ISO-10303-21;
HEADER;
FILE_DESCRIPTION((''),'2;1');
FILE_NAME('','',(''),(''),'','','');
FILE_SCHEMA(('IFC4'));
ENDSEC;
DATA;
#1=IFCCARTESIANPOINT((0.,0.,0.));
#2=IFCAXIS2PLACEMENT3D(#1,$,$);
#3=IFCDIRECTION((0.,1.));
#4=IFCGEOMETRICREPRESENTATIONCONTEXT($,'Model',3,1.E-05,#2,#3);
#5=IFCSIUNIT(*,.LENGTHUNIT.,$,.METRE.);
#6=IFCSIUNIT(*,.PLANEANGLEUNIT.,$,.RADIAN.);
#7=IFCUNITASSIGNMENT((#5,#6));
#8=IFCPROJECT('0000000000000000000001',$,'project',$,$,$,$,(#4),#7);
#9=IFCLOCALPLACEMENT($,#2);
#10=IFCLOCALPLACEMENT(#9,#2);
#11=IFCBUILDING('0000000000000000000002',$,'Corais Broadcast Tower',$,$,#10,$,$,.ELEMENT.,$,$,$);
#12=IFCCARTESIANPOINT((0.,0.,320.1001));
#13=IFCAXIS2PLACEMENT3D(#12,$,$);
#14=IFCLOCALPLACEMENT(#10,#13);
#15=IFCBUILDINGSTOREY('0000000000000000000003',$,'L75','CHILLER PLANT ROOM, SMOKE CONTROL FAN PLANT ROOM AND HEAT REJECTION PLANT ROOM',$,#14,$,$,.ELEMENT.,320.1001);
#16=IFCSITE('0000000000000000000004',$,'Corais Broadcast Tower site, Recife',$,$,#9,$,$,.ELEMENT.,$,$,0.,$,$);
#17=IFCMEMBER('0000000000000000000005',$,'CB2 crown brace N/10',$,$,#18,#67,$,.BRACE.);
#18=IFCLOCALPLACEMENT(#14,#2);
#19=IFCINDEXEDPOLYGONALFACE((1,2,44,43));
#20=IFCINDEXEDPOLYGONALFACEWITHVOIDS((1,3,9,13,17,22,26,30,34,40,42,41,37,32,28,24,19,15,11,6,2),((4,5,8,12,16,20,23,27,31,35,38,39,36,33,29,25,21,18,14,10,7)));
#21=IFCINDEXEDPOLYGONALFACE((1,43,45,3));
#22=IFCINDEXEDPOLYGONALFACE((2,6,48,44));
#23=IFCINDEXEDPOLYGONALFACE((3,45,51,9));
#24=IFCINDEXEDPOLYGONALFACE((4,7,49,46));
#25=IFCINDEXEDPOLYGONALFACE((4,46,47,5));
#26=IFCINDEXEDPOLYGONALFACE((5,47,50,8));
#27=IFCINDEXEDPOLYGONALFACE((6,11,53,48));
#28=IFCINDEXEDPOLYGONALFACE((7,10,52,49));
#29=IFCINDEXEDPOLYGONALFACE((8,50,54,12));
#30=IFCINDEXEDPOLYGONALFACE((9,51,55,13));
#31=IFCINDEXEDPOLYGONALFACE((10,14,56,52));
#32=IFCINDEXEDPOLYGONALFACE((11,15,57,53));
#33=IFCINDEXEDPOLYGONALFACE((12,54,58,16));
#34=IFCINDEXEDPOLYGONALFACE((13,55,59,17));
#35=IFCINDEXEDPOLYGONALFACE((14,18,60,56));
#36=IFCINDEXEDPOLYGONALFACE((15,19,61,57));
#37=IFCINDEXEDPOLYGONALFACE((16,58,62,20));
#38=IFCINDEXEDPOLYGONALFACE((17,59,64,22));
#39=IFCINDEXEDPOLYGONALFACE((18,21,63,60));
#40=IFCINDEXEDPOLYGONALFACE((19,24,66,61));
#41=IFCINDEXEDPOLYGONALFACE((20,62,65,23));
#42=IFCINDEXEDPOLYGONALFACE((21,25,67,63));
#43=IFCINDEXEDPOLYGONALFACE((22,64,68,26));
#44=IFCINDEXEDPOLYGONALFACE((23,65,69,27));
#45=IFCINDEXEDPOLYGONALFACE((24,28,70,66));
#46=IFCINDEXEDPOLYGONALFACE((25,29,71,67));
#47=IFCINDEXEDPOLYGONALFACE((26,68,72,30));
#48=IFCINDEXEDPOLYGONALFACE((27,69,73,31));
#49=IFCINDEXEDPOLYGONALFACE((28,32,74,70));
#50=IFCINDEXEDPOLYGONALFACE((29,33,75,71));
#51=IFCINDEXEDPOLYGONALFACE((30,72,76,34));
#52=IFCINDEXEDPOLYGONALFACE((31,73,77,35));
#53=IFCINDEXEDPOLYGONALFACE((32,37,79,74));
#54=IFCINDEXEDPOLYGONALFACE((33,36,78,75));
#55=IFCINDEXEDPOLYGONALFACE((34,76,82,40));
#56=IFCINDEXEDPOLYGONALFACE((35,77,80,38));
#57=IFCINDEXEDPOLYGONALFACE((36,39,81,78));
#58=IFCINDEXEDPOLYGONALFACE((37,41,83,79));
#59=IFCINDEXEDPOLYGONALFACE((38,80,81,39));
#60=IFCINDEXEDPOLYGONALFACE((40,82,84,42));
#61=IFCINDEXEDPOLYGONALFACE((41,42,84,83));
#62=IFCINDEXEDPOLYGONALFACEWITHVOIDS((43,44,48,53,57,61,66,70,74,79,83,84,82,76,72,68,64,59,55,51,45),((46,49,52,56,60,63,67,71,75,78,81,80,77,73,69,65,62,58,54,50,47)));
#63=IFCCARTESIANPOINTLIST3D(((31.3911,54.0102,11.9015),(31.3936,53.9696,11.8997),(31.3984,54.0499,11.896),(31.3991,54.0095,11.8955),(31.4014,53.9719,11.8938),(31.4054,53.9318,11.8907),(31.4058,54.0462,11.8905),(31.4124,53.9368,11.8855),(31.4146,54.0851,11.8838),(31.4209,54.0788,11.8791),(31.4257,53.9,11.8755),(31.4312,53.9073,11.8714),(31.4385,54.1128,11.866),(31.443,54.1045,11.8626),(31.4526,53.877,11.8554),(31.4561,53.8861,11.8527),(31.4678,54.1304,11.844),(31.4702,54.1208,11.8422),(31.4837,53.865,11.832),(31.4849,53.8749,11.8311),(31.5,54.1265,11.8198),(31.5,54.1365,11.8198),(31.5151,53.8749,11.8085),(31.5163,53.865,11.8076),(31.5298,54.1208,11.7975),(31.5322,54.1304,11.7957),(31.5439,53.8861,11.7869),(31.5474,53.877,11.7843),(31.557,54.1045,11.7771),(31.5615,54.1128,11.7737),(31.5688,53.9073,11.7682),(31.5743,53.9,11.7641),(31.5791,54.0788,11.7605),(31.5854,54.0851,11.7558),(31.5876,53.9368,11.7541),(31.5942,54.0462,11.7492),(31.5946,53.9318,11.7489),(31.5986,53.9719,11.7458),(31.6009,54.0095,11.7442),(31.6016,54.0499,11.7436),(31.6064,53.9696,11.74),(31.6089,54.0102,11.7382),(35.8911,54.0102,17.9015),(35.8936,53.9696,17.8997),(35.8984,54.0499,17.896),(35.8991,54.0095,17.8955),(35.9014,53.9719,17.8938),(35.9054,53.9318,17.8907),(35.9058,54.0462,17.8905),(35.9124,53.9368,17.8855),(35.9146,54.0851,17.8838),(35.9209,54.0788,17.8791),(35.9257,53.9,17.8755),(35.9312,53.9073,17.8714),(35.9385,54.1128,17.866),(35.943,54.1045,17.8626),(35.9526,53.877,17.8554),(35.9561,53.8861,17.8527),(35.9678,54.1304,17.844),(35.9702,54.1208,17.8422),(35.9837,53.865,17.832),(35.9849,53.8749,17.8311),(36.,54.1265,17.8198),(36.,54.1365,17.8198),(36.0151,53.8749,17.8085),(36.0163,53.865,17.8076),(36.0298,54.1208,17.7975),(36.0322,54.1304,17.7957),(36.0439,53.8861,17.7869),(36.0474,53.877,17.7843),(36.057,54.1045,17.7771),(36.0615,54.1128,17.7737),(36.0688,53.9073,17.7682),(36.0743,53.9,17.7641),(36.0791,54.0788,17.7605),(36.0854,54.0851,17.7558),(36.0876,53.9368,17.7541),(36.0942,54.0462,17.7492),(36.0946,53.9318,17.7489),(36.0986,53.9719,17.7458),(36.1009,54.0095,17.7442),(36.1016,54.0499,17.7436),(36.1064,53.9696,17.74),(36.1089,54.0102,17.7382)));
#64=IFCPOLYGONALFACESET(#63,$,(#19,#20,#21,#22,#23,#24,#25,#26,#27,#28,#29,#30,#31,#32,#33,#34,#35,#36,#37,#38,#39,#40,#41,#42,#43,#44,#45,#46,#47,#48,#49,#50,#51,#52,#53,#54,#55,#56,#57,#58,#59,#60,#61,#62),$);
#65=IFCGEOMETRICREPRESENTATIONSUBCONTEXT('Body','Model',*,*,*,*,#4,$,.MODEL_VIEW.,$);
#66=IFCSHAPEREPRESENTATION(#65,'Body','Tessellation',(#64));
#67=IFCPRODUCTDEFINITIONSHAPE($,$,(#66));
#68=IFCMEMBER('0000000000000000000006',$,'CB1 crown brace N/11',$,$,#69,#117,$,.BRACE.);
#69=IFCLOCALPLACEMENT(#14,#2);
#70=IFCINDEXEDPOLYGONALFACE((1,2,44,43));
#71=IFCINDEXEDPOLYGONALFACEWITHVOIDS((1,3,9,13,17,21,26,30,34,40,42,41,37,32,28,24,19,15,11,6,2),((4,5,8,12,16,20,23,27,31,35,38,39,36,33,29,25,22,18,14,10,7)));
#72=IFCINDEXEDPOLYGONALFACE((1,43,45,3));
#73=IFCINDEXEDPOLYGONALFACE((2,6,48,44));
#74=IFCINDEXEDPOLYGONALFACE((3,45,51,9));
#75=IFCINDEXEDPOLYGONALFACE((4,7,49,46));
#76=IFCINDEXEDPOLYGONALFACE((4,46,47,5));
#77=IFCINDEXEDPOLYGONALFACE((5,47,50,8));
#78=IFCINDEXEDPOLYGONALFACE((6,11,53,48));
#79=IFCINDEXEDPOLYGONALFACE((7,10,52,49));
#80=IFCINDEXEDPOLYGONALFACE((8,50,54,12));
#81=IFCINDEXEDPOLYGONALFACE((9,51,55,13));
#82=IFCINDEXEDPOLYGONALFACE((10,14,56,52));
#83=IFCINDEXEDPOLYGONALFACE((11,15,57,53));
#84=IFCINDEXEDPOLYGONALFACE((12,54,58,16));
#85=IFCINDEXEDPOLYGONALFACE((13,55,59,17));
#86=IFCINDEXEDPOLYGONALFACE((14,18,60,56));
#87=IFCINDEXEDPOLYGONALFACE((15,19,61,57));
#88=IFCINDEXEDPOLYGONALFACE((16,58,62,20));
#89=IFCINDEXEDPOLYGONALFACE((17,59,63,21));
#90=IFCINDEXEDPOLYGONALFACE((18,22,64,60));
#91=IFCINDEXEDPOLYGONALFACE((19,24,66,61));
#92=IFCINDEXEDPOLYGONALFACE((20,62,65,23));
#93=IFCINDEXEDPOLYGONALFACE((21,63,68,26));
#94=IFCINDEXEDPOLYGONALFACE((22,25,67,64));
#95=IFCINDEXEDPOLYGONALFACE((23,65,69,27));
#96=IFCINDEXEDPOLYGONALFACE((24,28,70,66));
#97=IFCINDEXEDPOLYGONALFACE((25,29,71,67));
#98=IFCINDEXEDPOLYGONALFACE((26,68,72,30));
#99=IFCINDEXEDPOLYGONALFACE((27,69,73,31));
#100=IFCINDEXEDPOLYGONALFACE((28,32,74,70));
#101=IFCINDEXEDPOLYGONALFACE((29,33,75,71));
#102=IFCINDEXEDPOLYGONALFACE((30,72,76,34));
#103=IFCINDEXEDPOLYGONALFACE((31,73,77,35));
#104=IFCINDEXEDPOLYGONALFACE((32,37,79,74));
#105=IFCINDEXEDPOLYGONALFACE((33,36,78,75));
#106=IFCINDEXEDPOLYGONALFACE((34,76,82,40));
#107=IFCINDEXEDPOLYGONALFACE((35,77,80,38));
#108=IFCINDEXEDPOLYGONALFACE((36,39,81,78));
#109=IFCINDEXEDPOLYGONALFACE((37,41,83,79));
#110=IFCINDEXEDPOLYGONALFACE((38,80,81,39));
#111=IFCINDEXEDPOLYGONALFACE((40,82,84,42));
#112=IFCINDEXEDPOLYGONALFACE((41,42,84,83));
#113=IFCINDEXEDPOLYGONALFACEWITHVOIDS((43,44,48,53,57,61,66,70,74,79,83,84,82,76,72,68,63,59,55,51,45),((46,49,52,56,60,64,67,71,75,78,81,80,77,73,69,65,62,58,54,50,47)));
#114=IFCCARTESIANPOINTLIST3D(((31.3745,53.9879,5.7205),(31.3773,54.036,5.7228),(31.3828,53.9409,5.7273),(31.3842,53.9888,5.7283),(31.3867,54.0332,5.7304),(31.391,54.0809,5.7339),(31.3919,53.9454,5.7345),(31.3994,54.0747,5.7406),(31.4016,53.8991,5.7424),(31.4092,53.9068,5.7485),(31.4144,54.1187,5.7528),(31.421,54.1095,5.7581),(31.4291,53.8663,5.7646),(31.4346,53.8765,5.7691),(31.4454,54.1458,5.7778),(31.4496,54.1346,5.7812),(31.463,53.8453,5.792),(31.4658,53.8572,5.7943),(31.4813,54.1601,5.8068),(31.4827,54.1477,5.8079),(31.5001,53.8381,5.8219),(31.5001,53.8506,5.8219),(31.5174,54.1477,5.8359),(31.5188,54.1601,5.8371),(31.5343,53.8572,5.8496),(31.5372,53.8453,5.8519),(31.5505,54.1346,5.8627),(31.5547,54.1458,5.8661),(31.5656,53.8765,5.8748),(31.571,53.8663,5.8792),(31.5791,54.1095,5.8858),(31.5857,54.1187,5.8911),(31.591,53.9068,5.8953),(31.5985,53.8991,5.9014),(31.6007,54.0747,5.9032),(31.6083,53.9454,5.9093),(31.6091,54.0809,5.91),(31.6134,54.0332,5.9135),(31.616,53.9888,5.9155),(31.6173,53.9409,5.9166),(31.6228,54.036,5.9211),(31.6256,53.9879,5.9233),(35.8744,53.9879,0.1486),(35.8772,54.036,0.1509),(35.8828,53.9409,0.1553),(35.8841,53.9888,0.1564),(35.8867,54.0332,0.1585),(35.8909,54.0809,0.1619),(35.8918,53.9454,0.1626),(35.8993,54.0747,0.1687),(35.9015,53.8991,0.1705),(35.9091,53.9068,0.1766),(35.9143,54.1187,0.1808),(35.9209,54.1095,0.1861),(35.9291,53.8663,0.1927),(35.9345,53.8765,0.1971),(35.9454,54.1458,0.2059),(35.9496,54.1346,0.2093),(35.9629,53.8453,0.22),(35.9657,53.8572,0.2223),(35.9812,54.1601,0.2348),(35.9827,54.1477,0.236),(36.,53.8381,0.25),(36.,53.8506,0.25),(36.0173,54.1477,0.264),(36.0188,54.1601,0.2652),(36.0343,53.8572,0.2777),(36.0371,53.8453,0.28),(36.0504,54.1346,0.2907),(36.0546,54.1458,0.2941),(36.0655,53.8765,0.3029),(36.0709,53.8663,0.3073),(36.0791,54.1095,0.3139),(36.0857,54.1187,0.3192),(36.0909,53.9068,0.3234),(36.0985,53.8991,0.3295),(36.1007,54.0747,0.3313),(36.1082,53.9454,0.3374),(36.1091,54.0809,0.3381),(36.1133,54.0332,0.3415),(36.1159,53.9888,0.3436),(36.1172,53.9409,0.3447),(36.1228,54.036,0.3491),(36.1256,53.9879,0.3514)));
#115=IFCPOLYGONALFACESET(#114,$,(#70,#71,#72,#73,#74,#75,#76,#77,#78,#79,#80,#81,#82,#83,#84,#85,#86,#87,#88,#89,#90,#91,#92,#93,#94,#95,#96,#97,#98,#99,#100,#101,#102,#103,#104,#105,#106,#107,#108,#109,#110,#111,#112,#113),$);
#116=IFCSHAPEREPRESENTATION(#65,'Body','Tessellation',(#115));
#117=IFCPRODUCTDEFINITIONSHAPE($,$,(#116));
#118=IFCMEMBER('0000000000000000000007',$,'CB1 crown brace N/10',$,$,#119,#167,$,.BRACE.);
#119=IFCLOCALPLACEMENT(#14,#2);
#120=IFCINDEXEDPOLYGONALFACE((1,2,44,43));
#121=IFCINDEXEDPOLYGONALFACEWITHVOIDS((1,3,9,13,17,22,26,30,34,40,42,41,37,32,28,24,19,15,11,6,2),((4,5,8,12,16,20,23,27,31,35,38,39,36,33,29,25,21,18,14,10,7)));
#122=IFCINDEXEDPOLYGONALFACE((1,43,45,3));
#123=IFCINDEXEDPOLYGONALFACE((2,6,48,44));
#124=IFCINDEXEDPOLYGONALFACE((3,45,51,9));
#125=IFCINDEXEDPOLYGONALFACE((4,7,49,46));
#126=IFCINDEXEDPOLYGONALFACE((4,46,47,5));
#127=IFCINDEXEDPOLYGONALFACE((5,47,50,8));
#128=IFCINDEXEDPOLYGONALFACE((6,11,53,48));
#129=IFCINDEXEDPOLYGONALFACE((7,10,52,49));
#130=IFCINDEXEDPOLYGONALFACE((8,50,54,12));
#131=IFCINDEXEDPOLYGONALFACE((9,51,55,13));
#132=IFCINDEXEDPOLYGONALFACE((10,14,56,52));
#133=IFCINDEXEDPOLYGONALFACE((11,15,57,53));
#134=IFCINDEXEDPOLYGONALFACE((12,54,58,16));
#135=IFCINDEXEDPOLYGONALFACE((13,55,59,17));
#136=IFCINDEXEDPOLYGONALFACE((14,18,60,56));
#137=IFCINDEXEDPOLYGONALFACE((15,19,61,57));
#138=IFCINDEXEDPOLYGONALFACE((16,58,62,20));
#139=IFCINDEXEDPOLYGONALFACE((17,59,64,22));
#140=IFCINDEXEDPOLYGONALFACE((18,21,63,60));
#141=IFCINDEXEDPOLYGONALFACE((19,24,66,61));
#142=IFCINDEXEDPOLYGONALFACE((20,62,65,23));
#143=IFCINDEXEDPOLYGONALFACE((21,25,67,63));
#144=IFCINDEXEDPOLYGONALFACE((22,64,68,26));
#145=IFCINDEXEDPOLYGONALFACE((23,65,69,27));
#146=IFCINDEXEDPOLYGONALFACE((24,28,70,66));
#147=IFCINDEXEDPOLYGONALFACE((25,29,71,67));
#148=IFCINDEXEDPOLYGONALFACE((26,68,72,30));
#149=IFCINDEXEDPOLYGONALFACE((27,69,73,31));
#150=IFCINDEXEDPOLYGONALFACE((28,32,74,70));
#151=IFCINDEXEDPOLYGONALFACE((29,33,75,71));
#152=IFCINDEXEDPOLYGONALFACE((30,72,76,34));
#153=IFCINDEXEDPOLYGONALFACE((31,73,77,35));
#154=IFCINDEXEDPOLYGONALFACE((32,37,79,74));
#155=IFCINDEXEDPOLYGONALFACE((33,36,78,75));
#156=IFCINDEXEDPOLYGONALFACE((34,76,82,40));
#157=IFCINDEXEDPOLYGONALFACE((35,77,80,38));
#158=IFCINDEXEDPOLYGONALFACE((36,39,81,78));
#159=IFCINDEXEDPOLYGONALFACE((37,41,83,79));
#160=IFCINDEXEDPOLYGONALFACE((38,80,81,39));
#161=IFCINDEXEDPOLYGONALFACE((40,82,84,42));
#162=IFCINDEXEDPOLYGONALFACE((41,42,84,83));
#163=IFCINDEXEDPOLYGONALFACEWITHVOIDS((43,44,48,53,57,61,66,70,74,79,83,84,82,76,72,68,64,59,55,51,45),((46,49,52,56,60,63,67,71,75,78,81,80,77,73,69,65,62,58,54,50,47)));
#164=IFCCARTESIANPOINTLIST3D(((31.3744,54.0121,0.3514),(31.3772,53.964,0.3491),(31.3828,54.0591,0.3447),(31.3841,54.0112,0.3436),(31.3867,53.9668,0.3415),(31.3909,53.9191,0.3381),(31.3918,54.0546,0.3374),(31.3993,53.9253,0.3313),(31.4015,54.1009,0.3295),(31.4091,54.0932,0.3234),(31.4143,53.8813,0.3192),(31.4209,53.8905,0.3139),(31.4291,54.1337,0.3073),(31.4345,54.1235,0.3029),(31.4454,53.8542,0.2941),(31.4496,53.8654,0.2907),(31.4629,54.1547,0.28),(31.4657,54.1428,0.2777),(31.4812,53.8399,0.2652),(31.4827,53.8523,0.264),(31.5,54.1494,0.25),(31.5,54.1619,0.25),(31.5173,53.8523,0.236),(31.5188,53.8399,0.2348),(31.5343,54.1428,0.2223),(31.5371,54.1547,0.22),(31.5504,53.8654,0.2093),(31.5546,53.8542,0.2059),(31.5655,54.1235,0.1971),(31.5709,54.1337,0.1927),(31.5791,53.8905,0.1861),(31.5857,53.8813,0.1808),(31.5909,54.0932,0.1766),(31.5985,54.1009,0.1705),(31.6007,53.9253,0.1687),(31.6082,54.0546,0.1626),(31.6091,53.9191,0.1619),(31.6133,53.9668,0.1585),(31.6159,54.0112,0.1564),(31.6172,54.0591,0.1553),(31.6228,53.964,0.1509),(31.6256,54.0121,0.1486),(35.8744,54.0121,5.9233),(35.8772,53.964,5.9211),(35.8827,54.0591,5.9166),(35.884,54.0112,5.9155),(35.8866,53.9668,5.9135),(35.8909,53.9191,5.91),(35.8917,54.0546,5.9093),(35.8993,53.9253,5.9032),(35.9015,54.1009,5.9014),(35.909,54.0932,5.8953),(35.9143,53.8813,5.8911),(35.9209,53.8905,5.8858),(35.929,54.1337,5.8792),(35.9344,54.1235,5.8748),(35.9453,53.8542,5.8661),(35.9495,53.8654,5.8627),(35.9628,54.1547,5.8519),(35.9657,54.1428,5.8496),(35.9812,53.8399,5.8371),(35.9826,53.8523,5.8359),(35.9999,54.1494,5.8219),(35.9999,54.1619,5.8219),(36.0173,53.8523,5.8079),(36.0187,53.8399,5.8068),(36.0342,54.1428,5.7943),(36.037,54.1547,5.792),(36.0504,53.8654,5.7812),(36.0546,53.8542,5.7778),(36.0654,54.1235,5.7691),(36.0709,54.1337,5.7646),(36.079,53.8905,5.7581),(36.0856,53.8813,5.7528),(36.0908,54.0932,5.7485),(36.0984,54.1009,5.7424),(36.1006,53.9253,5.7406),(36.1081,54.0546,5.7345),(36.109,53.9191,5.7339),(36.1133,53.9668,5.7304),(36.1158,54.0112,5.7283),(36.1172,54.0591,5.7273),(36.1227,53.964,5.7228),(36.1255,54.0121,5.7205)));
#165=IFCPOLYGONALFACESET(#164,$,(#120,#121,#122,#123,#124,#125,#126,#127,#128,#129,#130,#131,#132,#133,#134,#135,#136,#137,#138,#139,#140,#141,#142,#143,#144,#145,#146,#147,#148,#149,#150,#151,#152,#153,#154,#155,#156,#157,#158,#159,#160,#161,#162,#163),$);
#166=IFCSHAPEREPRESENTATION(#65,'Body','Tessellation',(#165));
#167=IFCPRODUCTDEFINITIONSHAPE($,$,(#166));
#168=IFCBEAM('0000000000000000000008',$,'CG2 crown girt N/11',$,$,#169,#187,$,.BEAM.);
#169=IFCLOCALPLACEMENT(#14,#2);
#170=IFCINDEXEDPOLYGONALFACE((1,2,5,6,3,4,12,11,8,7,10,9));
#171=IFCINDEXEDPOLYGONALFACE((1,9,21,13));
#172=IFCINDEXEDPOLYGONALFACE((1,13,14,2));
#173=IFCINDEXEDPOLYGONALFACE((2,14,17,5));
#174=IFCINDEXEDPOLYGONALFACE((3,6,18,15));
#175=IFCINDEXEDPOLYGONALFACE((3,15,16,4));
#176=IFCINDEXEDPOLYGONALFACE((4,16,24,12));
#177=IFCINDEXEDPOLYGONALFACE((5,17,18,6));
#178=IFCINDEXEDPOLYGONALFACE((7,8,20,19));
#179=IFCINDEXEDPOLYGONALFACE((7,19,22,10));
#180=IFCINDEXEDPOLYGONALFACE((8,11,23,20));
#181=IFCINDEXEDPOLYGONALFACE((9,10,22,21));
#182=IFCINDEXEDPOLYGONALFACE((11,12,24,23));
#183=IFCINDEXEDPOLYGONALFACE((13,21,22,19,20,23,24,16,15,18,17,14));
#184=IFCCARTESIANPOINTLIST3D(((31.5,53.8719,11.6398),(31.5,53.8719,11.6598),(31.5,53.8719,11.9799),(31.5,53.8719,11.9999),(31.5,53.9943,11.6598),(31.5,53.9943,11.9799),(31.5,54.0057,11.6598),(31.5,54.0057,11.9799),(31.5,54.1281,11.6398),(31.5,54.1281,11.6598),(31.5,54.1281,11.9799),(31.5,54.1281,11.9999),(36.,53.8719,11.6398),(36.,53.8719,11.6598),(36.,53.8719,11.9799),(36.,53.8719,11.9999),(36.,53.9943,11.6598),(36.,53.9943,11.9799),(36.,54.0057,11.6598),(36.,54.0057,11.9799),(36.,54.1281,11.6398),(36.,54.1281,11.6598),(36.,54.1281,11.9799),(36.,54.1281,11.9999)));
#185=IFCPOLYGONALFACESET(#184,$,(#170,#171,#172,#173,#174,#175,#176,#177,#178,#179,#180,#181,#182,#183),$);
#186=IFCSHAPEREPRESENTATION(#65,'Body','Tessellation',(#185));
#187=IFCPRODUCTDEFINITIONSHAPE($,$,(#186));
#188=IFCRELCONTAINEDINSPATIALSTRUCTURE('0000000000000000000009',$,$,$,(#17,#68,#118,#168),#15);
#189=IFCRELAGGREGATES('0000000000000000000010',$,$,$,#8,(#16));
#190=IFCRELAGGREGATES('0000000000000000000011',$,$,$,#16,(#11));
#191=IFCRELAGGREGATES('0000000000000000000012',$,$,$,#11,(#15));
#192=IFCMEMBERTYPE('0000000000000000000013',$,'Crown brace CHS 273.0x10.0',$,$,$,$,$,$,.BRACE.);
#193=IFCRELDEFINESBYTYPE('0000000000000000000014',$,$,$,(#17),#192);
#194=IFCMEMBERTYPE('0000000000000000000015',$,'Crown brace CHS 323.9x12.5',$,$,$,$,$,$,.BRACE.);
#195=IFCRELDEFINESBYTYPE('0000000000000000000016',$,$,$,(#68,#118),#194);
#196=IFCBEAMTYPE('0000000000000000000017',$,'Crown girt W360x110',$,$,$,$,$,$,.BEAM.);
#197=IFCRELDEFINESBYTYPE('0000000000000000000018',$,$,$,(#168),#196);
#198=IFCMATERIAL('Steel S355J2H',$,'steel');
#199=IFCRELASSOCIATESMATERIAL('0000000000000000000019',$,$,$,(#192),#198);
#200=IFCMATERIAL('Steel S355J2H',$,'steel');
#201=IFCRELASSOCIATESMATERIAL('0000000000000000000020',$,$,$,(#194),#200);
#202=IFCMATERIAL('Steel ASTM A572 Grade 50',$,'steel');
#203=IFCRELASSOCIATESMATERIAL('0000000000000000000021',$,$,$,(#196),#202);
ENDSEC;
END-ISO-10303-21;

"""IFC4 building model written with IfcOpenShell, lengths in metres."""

from ifc_helpers import new_model, si_unit, direction, frame, origin, origin_2d, place, context, subcontext, project, spatial, hollow_circle, i_section, extrude, material, material_profile, profile_set, type_object, element, save


model = new_model("IFC4")

# Units and contexts
model_context = context("Model", 3, precision=1e-05, world=origin(), true_north=direction((0.0, 1.0)))
body_context = subcontext(model_context, "Body", "Model", "MODEL_VIEW")
ifc_project = project(units=[si_unit("LENGTHUNIT", "METRE"), si_unit("PLANEANGLEUNIT", "RADIAN")], contexts=[model_context])

# Site, building, storey
site_placement = place(None, origin())
site = spatial("IfcSite", under=ifc_project, at=site_placement, Name="Corais Broadcast Tower site, Recife", CompositionType="ELEMENT", RefElevation=0.0)
building_placement = place(site_placement, origin())
building = spatial("IfcBuilding", under=site, at=building_placement, Name="Corais Broadcast Tower", CompositionType="ELEMENT")
storey_placement = place(building_placement, frame((0.0, 0.0, 320.1001)))
storey = spatial("IfcBuildingStorey", under=building, at=storey_placement, Name="L75", Description="CHILLER PLANT ROOM, SMOKE CONTROL FAN PLANT ROOM AND HEAT REJECTION PLANT ROOM", CompositionType="ELEMENT", Elevation=320.1001)

# Members
ifc_material_1 = material(Name="Steel S355J2H", Category="steel")
ifc_material_profile_1 = material_profile(ifc_material_1, hollow_circle(Radius=0.1365, WallThickness=0.01, at=origin_2d()), Name="CHS 273.0x10.0")
ifc_profile_set_1 = profile_set([ifc_material_profile_1], Name="Steel S355J2H")
member_type_1 = type_object("IfcMemberType", Name="Crown brace CHS 273.0x10.0", PredefinedType="BRACE", material=ifc_profile_set_1)
for number, where, z_axis, x_axis, name in (
    (1, (31.5, 54.0, 11.8198), (0.6, 0.0, 0.8), (0.0, 1.0, 0.0), "CB2 crown brace N/10"),
):
    element("IfcMember", number, at=place(storey_placement, frame(where, z_axis=z_axis, x_axis=x_axis)), inside=storey, type_object=member_type_1, Name=name, PredefinedType="BRACE", context=body_context, shape_type="SweptSolid", body=[
        extrude(hollow_circle(Radius=0.1365, WallThickness=0.01, at=origin_2d()), origin(), (0.0, 0.0, 1.0), 7.5),
    ])
ifc_material_2 = material(Name="Steel S355J2H", Category="steel")
ifc_material_profile_2 = material_profile(ifc_material_2, hollow_circle(Radius=0.1619, WallThickness=0.0125, at=origin_2d()), Name="CHS 323.9x12.5")
ifc_profile_set_2 = profile_set([ifc_material_profile_2], Name="Steel S355J2H")
member_type_2 = type_object("IfcMemberType", Name="Crown brace CHS 323.9x12.5", PredefinedType="BRACE", material=ifc_profile_set_2)
for number, where, z_axis, x_axis, name in (
    (2, (36.0, 54.0, 0.25), (-0.628297, 0.0, 0.777974), (0.0, -1.0, 0.0), "CB1 crown brace N/11"),
    (3, (31.5, 54.0, 0.25), (0.628297, 0.0, 0.777974), (0.0, 1.0, 0.0), "CB1 crown brace N/10"),
):
    element("IfcMember", number, at=place(storey_placement, frame(where, z_axis=z_axis, x_axis=x_axis)), inside=storey, type_object=member_type_2, Name=name, PredefinedType="BRACE", context=body_context, shape_type="SweptSolid", body=[
        extrude(hollow_circle(Radius=0.1619, WallThickness=0.0125, at=origin_2d()), origin(), (0.0, 0.0, 1.0), 7.1621),
    ])

# Beam
ifc_material_3 = material(Name="Steel ASTM A572 Grade 50", Category="steel")
ifc_material_profile_3 = material_profile(ifc_material_3, i_section(OverallWidth=0.2561, OverallDepth=0.3601, WebThickness=0.0115, FlangeThickness=0.02, at=origin_2d()), Name="W360x110")
ifc_profile_set_3 = profile_set([ifc_material_profile_3], Name="Steel ASTM A572 Grade 50")
beam_type_1 = type_object("IfcBeamType", Name="Crown girt W360x110", PredefinedType="BEAM", material=ifc_profile_set_3)
for number, where, z_axis, x_axis, name in (
    (4, (36.0, 54.0, 11.8198), (-1.0, 0.0, 0.0), (0.0, -1.0, 0.0), "CG2 crown girt N/11"),
):
    element("IfcBeam", number, at=place(storey_placement, frame(where, z_axis=z_axis, x_axis=x_axis)), inside=storey, type_object=beam_type_1, Name=name, PredefinedType="BEAM", context=body_context, shape_type="SweptSolid", body=[
        extrude(i_section(OverallWidth=0.2561, OverallDepth=0.3601, WebThickness=0.0115, FlangeThickness=0.02, at=origin_2d()), origin(), (0.0, 0.0, 1.0), 4.5),
    ])

save(model, "model.ifc")
